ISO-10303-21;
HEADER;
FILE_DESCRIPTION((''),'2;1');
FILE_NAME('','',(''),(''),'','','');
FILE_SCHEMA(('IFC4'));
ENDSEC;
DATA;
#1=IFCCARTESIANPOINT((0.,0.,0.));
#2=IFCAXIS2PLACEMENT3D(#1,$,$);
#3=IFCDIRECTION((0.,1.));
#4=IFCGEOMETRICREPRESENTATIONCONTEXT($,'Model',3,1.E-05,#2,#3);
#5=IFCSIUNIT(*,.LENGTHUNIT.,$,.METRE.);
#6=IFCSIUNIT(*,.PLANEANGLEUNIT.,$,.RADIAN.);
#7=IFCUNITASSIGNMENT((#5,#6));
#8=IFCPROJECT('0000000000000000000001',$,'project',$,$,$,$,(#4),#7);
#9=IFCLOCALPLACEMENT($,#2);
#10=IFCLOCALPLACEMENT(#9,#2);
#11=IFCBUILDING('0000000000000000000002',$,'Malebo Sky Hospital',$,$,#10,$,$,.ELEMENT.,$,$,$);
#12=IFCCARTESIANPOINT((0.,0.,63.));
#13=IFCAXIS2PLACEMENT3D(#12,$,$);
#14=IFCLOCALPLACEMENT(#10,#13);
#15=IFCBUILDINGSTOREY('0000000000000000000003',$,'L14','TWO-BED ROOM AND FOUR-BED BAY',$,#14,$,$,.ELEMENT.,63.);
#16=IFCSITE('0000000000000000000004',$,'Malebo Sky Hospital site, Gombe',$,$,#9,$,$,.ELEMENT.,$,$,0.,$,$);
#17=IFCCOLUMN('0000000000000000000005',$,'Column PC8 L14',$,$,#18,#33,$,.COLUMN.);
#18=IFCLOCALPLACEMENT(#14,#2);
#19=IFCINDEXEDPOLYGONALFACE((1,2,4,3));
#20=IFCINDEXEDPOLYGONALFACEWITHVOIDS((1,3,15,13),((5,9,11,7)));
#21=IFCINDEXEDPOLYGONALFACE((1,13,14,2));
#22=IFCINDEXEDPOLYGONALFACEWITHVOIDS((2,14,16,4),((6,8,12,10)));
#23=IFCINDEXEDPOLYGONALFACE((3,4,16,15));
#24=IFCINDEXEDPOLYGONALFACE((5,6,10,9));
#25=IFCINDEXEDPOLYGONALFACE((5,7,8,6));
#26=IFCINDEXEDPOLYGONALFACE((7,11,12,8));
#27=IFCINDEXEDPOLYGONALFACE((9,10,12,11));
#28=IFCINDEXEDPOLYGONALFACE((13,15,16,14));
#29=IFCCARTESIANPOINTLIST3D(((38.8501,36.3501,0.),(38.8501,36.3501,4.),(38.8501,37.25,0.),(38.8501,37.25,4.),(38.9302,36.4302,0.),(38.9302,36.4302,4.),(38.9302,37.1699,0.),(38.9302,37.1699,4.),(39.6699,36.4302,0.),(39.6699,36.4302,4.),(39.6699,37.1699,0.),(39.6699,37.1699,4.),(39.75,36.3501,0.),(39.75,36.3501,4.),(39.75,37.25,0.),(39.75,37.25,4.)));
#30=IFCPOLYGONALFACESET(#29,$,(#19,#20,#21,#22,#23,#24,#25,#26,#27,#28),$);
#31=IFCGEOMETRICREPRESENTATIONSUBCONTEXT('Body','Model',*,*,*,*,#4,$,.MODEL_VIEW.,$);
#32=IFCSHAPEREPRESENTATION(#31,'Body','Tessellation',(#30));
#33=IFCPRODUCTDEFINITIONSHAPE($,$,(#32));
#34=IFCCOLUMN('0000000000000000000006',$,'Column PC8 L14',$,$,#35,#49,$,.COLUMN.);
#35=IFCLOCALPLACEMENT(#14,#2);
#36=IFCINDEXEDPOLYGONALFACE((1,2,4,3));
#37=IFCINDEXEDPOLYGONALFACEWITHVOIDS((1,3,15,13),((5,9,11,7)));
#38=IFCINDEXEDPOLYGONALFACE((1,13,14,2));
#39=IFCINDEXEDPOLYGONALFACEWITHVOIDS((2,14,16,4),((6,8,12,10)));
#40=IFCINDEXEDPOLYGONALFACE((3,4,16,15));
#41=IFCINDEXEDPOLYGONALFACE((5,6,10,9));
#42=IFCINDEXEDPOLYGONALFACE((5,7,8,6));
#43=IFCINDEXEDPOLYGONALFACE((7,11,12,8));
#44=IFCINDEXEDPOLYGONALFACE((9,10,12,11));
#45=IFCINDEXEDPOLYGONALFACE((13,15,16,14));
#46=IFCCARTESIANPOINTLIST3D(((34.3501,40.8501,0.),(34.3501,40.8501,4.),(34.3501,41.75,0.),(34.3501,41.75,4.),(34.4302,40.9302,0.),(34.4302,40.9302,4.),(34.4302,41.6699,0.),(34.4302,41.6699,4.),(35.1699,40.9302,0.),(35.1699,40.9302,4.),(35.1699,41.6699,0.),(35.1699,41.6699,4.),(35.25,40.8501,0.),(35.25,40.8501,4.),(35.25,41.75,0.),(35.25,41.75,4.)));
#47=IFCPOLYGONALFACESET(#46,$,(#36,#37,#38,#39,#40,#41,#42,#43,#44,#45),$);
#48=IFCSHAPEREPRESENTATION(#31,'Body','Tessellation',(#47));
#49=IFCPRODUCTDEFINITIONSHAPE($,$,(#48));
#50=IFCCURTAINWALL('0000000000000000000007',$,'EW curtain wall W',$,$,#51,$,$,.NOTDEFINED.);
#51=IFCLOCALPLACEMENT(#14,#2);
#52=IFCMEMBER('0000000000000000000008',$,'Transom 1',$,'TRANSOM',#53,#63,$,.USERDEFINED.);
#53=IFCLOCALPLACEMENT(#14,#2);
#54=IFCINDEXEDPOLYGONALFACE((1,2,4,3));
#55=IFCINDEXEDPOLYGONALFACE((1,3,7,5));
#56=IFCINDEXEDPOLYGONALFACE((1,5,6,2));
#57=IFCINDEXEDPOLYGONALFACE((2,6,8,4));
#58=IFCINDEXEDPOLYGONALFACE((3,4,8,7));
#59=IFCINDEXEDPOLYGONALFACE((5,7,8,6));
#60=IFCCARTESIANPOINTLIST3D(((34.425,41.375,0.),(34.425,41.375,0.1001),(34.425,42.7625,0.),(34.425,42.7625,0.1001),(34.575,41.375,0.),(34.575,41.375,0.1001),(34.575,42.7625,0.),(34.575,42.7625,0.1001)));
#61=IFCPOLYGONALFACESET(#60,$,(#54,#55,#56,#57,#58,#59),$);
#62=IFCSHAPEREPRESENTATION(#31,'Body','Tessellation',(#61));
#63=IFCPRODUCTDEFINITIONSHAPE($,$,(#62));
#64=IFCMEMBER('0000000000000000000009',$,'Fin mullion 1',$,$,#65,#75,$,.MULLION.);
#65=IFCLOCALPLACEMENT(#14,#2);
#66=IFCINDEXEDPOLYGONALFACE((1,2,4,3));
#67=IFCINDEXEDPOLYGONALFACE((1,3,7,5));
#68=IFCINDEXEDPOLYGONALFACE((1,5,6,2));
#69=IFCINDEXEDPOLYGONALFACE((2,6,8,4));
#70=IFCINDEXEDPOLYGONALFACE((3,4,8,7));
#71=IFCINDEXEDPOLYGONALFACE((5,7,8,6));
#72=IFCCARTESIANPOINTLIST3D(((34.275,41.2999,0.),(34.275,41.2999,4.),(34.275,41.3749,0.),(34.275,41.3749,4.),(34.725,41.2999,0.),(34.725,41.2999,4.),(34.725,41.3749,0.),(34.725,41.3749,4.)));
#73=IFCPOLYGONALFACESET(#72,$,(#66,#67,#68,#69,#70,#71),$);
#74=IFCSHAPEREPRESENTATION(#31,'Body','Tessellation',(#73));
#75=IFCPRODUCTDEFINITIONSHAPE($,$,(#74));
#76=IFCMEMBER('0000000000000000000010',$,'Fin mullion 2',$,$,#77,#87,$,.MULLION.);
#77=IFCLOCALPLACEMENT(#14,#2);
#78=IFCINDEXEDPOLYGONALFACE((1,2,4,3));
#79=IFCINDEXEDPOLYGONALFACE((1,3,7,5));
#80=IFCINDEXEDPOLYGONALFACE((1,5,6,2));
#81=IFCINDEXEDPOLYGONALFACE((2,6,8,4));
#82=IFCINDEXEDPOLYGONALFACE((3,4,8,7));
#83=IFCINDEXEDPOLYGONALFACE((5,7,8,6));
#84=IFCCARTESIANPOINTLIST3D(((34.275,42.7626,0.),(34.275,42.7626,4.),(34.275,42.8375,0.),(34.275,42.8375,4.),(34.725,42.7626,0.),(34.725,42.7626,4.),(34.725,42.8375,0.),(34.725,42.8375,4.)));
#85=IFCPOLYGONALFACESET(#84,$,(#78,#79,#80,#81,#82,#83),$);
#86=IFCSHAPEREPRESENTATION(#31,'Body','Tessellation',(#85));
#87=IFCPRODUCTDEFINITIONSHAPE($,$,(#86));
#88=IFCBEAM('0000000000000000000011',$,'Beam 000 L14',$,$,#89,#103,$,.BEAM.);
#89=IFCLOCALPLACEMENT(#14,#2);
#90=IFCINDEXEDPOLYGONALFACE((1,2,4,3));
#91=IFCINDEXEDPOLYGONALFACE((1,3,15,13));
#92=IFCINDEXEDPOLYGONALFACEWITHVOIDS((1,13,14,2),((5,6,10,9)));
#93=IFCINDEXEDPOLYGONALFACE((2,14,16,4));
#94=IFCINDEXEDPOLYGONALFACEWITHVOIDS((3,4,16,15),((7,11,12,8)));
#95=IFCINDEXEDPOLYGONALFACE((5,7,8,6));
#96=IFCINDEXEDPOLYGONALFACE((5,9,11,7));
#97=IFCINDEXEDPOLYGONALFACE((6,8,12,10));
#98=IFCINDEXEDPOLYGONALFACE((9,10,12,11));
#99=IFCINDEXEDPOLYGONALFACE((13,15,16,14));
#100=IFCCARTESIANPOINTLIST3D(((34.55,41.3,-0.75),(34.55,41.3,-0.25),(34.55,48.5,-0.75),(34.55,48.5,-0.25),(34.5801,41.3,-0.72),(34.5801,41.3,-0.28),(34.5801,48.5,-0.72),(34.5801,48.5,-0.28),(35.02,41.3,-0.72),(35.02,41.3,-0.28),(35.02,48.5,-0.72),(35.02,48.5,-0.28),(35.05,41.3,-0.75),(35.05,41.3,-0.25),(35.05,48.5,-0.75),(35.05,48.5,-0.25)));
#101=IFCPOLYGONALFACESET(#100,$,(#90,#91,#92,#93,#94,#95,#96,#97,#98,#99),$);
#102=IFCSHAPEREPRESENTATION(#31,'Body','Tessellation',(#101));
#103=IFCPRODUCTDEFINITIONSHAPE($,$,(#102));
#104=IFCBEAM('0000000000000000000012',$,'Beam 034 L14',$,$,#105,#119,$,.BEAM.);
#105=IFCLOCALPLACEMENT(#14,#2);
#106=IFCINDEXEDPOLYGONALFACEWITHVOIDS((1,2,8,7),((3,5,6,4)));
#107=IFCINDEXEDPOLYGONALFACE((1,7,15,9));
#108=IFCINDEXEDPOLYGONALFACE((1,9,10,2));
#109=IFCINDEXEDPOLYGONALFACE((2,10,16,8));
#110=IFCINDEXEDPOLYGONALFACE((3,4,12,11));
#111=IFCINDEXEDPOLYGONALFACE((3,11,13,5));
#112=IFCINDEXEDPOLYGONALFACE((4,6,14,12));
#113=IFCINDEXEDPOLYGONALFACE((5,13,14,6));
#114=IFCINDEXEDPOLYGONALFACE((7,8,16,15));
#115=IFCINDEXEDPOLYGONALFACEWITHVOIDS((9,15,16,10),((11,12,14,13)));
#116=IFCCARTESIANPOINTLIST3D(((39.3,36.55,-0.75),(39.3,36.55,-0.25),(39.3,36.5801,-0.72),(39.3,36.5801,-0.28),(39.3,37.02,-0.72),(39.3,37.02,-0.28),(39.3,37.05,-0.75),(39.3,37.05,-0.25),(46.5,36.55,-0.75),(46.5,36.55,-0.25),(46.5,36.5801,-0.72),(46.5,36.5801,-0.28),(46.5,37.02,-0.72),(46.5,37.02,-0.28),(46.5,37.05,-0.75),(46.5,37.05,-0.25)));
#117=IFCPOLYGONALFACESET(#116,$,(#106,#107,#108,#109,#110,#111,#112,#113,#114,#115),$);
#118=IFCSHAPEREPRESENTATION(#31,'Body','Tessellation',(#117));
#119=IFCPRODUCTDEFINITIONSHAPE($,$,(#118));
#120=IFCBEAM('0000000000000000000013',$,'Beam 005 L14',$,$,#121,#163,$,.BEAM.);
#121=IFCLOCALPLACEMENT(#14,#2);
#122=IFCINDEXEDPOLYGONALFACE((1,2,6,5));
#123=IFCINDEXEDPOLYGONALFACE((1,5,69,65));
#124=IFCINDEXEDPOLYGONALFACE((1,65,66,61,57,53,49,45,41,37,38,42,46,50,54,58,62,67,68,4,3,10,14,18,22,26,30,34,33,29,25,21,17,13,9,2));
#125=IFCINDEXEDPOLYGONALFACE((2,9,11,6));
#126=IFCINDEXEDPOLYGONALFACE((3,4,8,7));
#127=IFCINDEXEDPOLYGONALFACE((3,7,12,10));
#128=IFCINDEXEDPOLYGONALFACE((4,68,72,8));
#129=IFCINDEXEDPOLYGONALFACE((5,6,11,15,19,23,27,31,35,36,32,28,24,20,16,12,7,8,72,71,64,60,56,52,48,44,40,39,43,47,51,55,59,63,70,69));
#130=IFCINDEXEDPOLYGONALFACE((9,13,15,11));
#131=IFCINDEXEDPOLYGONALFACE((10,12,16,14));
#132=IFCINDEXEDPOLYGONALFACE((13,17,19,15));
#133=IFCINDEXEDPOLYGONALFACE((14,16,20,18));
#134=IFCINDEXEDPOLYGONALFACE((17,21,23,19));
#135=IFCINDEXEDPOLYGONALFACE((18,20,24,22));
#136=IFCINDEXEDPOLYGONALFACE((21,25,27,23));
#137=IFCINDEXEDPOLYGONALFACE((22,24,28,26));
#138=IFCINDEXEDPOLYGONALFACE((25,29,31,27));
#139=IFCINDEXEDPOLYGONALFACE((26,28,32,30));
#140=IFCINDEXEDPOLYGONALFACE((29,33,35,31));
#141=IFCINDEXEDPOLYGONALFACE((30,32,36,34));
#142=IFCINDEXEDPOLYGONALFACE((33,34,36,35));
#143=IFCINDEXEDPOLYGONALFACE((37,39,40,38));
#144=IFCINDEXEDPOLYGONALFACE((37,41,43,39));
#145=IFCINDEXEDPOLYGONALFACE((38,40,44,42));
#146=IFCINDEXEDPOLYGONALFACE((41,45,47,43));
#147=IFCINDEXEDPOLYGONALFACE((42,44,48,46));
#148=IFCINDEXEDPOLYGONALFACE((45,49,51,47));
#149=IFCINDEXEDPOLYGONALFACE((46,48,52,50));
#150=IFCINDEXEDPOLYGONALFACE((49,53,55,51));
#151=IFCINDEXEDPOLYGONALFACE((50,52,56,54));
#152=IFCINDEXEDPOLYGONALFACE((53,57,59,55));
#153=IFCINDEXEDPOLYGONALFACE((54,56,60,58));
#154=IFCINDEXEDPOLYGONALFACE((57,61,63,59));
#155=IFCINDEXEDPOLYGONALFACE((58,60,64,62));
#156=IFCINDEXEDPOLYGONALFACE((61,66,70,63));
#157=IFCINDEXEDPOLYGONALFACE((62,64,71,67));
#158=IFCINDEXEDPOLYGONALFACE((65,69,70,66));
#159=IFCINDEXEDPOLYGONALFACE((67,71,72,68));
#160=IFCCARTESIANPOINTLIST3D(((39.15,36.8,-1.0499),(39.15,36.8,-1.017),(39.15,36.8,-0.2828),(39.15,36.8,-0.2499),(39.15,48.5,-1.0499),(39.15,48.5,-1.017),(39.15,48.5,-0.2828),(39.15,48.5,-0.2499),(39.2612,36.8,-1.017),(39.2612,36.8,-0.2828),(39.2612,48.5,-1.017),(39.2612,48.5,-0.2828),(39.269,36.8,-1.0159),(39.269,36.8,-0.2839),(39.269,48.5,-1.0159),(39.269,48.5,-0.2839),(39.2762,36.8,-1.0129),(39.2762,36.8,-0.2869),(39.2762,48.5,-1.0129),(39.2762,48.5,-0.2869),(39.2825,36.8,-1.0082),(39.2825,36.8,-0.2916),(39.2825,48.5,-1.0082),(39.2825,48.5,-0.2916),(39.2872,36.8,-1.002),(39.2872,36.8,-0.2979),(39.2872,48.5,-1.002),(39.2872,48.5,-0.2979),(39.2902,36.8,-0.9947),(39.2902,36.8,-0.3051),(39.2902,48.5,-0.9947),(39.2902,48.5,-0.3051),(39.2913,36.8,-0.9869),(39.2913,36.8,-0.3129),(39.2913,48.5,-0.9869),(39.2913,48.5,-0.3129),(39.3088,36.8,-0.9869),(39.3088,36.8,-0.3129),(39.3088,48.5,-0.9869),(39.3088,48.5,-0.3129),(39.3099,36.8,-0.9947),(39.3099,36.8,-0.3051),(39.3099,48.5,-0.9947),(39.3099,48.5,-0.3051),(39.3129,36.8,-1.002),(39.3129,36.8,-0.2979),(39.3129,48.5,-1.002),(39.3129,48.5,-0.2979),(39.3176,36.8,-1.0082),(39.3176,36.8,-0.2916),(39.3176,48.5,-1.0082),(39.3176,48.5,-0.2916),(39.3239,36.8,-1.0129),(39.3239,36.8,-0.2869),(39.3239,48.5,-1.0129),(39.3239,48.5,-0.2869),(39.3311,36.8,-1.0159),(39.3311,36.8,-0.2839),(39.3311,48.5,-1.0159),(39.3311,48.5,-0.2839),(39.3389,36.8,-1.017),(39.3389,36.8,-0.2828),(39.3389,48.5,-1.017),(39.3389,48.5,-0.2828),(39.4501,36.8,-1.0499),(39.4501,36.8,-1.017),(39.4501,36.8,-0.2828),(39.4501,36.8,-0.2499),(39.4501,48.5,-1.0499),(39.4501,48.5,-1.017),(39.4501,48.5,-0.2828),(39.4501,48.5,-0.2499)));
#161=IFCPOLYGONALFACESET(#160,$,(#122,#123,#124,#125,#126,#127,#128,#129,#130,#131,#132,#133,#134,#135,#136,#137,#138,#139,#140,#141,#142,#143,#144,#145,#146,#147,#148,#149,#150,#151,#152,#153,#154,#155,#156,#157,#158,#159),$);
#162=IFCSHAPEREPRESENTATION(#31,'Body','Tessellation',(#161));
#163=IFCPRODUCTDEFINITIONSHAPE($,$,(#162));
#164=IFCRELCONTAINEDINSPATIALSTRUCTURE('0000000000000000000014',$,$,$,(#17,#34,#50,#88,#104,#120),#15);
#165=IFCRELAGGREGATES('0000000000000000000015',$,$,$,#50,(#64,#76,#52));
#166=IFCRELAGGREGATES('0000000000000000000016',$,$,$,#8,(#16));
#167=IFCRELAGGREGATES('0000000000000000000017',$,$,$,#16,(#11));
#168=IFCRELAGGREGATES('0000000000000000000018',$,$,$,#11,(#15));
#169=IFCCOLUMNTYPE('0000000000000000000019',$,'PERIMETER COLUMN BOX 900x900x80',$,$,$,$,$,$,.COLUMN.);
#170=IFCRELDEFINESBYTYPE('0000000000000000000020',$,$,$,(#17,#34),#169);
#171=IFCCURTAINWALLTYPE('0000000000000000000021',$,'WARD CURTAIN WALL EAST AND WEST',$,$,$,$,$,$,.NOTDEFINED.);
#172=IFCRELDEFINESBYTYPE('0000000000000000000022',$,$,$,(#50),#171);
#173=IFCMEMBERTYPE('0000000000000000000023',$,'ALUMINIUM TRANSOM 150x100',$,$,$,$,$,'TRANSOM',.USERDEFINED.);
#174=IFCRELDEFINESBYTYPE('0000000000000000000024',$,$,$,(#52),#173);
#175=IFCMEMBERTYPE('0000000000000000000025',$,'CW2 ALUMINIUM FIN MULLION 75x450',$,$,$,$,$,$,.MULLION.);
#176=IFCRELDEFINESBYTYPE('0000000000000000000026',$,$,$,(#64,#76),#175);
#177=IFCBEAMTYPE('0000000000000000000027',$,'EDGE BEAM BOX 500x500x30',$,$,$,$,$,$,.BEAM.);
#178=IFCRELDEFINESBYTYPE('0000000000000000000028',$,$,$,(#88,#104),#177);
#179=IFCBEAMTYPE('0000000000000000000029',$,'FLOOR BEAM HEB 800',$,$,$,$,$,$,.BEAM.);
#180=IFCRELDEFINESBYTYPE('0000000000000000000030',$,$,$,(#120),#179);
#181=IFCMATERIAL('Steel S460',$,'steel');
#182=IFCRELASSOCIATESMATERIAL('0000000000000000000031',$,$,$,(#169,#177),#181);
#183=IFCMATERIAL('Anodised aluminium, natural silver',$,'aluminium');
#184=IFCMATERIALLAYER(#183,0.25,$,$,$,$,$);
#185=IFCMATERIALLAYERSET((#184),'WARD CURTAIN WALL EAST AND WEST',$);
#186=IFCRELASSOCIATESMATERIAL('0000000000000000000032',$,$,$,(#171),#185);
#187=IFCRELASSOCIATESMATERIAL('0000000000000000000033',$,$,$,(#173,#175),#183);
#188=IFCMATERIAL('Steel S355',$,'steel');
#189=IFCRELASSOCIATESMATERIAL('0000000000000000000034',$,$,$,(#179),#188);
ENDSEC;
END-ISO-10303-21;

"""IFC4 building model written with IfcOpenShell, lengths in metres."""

from ifc_helpers import new_model, si_unit, direction, frame, origin, origin_2d, place, context, subcontext, project, spatial, rectangle, hollow_rectangle, i_section, extrude, material, layer, layer_set, material_profile, profile_set, type_object, element, aggregate, save


model = new_model("IFC4")

# Units and contexts
model_context = context("Model", 3, precision=1e-05, world=origin(), true_north=direction((0.0, 1.0)))
body_context = subcontext(model_context, "Body", "Model", "MODEL_VIEW")
ifc_project = project(units=[si_unit("LENGTHUNIT", "METRE"), si_unit("PLANEANGLEUNIT", "RADIAN")], contexts=[model_context])

# Site, building, storey
site_placement = place(None, origin())
site = spatial("IfcSite", under=ifc_project, at=site_placement, Name="Malebo Sky Hospital site, Gombe", CompositionType="ELEMENT", RefElevation=0.0)
building_placement = place(site_placement, origin())
building = spatial("IfcBuilding", under=site, at=building_placement, Name="Malebo Sky Hospital", CompositionType="ELEMENT")
storey_placement = place(building_placement, frame((0.0, 0.0, 63.0)))
storey = spatial("IfcBuildingStorey", under=building, at=storey_placement, Name="L14", Description="TWO-BED ROOM AND FOUR-BED BAY", CompositionType="ELEMENT", Elevation=63.0)

# Columns
ifc_material_1 = material(Name="Steel S460", Category="steel")
ifc_material_profile_1 = material_profile(ifc_material_1, hollow_rectangle(XDim=0.8999, YDim=0.8999, WallThickness=0.0801, at=origin_2d()), Name="BOX 900x900x80")
ifc_profile_set_1 = profile_set([ifc_material_profile_1], Name="Steel S460")
column_type = type_object("IfcColumnType", Name="PERIMETER COLUMN BOX 900x900x80", PredefinedType="COLUMN", material=ifc_profile_set_1)
for number, where, z_axis, x_axis, name in (
    (1, (39.3, 36.8, 0.0), (0.0, 0.0, 1.0), (1.0, 0.0, 0.0), "Column PC8 L14"),
    (2, (34.8, 41.3, 0.0), (0.0, 0.0, 1.0), (1.0, 0.0, 0.0), "Column PC8 L14"),
):
    element("IfcColumn", number, at=place(storey_placement, frame(where, z_axis=z_axis, x_axis=x_axis)), inside=storey, type_object=column_type, Name=name, PredefinedType="COLUMN", context=body_context, shape_type="SweptSolid", body=[
        extrude(hollow_rectangle(XDim=0.8999, YDim=0.8999, WallThickness=0.0801, at=origin_2d()), origin(), (0.0, 0.0, 1.0), 4.0),
    ])

# Curtain wall, members
ifc_material_2 = material(Name="Anodised aluminium, natural silver", Category="aluminium")
ifc_layer_1 = layer(ifc_material_2, 0.25)
ifc_layer_set_1 = layer_set([ifc_layer_1], Name="WARD CURTAIN WALL EAST AND WEST")
curtain_wall_type = type_object("IfcCurtainWallType", Name="WARD CURTAIN WALL EAST AND WEST", PredefinedType="NOTDEFINED", material=ifc_layer_set_1)
curtain_wall_placement = place(storey_placement, origin())
curtain_wall = element("IfcCurtainWall", 3, at=curtain_wall_placement, inside=storey, type_object=curtain_wall_type, Name="EW curtain wall W", PredefinedType="NOTDEFINED")
ifc_material_profile_2 = material_profile(ifc_material_2, rectangle(XDim=0.1499, YDim=0.1001, at=origin_2d()), Name="ALUMINIUM TRANSOM 150x100")
ifc_profile_set_2 = profile_set([ifc_material_profile_2], Name="Anodised aluminium, natural silver")
member_type_1 = type_object("IfcMemberType", Name="ALUMINIUM TRANSOM 150x100", ElementType="TRANSOM", PredefinedType="USERDEFINED", material=ifc_profile_set_2)
member_1_placement = place(storey_placement, frame((34.5, 41.375, 0.05), z_axis=(0.0, 1.0, 0.0), x_axis=(-1.0, 0.0, 0.0)))
member_1 = element("IfcMember", 4, at=member_1_placement, type_object=member_type_1, Name="Transom 1", ObjectType="TRANSOM", PredefinedType="USERDEFINED", context=body_context, shape_type="SweptSolid", body=[
    extrude(rectangle(XDim=0.1499, YDim=0.1001, at=origin_2d()), origin(), (0.0, 0.0, 1.0), 1.3875),
])
ifc_material_profile_3 = material_profile(ifc_material_2, rectangle(XDim=0.075, YDim=0.45, at=origin_2d()), Name="CW2 ALUMINIUM FIN MULLION 75x450")
ifc_profile_set_3 = profile_set([ifc_material_profile_3], Name="Anodised aluminium, natural silver")
member_type_2 = type_object("IfcMemberType", Name="CW2 ALUMINIUM FIN MULLION 75x450", PredefinedType="MULLION", material=ifc_profile_set_3)
member_2_placement = place(storey_placement, frame((34.5, 41.3374, 0.0), z_axis=(0.0, 0.0, 1.0), x_axis=(0.0, 1.0, 0.0)))
member_2 = element("IfcMember", 5, at=member_2_placement, type_object=member_type_2, Name="Fin mullion 1", PredefinedType="MULLION", context=body_context, shape_type="SweptSolid", body=[
    extrude(rectangle(XDim=0.075, YDim=0.45, at=origin_2d()), origin(), (0.0, 0.0, 1.0), 4.0),
])
member_3_placement = place(storey_placement, frame((34.5, 42.8, 0.0), z_axis=(0.0, 0.0, 1.0), x_axis=(0.0, 1.0, 0.0)))
member_3 = element("IfcMember", 6, at=member_3_placement, type_object=member_type_2, Name="Fin mullion 2", PredefinedType="MULLION", context=body_context, shape_type="SweptSolid", body=[
    extrude(rectangle(XDim=0.075, YDim=0.45, at=origin_2d()), origin(), (0.0, 0.0, 1.0), 4.0),
])

# Beams
ifc_material_profile_4 = material_profile(ifc_material_1, hollow_rectangle(XDim=0.5, YDim=0.5, WallThickness=0.03, at=origin_2d()), Name="BOX 500x500x30")
ifc_profile_set_4 = profile_set([ifc_material_profile_4], Name="Steel S460")
beam_type_1 = type_object("IfcBeamType", Name="EDGE BEAM BOX 500x500x30", PredefinedType="BEAM", material=ifc_profile_set_4)
for number, where, z_axis, x_axis, name in (
    (7, (34.8, 41.3, -0.5), (0.0, 1.0, 0.0), (-1.0, 0.0, 0.0), "Beam 000 L14"),
    (8, (39.3, 36.8, -0.5), (1.0, 0.0, 0.0), (0.0, 1.0, 0.0), "Beam 034 L14"),
):
    element("IfcBeam", number, at=place(storey_placement, frame(where, z_axis=z_axis, x_axis=x_axis)), inside=storey, type_object=beam_type_1, Name=name, PredefinedType="BEAM", context=body_context, shape_type="SweptSolid", body=[
        extrude(hollow_rectangle(XDim=0.5, YDim=0.5, WallThickness=0.03, at=origin_2d()), origin(), (0.0, 0.0, 1.0), 7.2),
    ])
ifc_material_3 = material(Name="Steel S355", Category="steel")
ifc_material_profile_5 = material_profile(ifc_material_3, i_section(OverallWidth=0.3, OverallDepth=0.8, WebThickness=0.0176, FlangeThickness=0.033, FilletRadius=0.03, at=origin_2d()), Name="HEB 800")
ifc_profile_set_5 = profile_set([ifc_material_profile_5], Name="Steel S355")
beam_type_2 = type_object("IfcBeamType", Name="FLOOR BEAM HEB 800", PredefinedType="BEAM", material=ifc_profile_set_5)
for number, where, z_axis, x_axis, name in (
    (9, (39.3, 36.8, -0.6499), (0.0, 1.0, 0.0), (-1.0, 0.0, 0.0), "Beam 005 L14"),
):
    element("IfcBeam", number, at=place(storey_placement, frame(where, z_axis=z_axis, x_axis=x_axis)), inside=storey, type_object=beam_type_2, Name=name, PredefinedType="BEAM", context=body_context, shape_type="SweptSolid", body=[
        extrude(i_section(OverallWidth=0.3, OverallDepth=0.8, WebThickness=0.0176, FlangeThickness=0.033, FilletRadius=0.03, at=origin_2d()), origin(), (0.0, 0.0, 1.0), 11.7),
    ])

aggregate(curtain_wall, [member_2, member_3, member_1])

save(model, "model.ifc")
